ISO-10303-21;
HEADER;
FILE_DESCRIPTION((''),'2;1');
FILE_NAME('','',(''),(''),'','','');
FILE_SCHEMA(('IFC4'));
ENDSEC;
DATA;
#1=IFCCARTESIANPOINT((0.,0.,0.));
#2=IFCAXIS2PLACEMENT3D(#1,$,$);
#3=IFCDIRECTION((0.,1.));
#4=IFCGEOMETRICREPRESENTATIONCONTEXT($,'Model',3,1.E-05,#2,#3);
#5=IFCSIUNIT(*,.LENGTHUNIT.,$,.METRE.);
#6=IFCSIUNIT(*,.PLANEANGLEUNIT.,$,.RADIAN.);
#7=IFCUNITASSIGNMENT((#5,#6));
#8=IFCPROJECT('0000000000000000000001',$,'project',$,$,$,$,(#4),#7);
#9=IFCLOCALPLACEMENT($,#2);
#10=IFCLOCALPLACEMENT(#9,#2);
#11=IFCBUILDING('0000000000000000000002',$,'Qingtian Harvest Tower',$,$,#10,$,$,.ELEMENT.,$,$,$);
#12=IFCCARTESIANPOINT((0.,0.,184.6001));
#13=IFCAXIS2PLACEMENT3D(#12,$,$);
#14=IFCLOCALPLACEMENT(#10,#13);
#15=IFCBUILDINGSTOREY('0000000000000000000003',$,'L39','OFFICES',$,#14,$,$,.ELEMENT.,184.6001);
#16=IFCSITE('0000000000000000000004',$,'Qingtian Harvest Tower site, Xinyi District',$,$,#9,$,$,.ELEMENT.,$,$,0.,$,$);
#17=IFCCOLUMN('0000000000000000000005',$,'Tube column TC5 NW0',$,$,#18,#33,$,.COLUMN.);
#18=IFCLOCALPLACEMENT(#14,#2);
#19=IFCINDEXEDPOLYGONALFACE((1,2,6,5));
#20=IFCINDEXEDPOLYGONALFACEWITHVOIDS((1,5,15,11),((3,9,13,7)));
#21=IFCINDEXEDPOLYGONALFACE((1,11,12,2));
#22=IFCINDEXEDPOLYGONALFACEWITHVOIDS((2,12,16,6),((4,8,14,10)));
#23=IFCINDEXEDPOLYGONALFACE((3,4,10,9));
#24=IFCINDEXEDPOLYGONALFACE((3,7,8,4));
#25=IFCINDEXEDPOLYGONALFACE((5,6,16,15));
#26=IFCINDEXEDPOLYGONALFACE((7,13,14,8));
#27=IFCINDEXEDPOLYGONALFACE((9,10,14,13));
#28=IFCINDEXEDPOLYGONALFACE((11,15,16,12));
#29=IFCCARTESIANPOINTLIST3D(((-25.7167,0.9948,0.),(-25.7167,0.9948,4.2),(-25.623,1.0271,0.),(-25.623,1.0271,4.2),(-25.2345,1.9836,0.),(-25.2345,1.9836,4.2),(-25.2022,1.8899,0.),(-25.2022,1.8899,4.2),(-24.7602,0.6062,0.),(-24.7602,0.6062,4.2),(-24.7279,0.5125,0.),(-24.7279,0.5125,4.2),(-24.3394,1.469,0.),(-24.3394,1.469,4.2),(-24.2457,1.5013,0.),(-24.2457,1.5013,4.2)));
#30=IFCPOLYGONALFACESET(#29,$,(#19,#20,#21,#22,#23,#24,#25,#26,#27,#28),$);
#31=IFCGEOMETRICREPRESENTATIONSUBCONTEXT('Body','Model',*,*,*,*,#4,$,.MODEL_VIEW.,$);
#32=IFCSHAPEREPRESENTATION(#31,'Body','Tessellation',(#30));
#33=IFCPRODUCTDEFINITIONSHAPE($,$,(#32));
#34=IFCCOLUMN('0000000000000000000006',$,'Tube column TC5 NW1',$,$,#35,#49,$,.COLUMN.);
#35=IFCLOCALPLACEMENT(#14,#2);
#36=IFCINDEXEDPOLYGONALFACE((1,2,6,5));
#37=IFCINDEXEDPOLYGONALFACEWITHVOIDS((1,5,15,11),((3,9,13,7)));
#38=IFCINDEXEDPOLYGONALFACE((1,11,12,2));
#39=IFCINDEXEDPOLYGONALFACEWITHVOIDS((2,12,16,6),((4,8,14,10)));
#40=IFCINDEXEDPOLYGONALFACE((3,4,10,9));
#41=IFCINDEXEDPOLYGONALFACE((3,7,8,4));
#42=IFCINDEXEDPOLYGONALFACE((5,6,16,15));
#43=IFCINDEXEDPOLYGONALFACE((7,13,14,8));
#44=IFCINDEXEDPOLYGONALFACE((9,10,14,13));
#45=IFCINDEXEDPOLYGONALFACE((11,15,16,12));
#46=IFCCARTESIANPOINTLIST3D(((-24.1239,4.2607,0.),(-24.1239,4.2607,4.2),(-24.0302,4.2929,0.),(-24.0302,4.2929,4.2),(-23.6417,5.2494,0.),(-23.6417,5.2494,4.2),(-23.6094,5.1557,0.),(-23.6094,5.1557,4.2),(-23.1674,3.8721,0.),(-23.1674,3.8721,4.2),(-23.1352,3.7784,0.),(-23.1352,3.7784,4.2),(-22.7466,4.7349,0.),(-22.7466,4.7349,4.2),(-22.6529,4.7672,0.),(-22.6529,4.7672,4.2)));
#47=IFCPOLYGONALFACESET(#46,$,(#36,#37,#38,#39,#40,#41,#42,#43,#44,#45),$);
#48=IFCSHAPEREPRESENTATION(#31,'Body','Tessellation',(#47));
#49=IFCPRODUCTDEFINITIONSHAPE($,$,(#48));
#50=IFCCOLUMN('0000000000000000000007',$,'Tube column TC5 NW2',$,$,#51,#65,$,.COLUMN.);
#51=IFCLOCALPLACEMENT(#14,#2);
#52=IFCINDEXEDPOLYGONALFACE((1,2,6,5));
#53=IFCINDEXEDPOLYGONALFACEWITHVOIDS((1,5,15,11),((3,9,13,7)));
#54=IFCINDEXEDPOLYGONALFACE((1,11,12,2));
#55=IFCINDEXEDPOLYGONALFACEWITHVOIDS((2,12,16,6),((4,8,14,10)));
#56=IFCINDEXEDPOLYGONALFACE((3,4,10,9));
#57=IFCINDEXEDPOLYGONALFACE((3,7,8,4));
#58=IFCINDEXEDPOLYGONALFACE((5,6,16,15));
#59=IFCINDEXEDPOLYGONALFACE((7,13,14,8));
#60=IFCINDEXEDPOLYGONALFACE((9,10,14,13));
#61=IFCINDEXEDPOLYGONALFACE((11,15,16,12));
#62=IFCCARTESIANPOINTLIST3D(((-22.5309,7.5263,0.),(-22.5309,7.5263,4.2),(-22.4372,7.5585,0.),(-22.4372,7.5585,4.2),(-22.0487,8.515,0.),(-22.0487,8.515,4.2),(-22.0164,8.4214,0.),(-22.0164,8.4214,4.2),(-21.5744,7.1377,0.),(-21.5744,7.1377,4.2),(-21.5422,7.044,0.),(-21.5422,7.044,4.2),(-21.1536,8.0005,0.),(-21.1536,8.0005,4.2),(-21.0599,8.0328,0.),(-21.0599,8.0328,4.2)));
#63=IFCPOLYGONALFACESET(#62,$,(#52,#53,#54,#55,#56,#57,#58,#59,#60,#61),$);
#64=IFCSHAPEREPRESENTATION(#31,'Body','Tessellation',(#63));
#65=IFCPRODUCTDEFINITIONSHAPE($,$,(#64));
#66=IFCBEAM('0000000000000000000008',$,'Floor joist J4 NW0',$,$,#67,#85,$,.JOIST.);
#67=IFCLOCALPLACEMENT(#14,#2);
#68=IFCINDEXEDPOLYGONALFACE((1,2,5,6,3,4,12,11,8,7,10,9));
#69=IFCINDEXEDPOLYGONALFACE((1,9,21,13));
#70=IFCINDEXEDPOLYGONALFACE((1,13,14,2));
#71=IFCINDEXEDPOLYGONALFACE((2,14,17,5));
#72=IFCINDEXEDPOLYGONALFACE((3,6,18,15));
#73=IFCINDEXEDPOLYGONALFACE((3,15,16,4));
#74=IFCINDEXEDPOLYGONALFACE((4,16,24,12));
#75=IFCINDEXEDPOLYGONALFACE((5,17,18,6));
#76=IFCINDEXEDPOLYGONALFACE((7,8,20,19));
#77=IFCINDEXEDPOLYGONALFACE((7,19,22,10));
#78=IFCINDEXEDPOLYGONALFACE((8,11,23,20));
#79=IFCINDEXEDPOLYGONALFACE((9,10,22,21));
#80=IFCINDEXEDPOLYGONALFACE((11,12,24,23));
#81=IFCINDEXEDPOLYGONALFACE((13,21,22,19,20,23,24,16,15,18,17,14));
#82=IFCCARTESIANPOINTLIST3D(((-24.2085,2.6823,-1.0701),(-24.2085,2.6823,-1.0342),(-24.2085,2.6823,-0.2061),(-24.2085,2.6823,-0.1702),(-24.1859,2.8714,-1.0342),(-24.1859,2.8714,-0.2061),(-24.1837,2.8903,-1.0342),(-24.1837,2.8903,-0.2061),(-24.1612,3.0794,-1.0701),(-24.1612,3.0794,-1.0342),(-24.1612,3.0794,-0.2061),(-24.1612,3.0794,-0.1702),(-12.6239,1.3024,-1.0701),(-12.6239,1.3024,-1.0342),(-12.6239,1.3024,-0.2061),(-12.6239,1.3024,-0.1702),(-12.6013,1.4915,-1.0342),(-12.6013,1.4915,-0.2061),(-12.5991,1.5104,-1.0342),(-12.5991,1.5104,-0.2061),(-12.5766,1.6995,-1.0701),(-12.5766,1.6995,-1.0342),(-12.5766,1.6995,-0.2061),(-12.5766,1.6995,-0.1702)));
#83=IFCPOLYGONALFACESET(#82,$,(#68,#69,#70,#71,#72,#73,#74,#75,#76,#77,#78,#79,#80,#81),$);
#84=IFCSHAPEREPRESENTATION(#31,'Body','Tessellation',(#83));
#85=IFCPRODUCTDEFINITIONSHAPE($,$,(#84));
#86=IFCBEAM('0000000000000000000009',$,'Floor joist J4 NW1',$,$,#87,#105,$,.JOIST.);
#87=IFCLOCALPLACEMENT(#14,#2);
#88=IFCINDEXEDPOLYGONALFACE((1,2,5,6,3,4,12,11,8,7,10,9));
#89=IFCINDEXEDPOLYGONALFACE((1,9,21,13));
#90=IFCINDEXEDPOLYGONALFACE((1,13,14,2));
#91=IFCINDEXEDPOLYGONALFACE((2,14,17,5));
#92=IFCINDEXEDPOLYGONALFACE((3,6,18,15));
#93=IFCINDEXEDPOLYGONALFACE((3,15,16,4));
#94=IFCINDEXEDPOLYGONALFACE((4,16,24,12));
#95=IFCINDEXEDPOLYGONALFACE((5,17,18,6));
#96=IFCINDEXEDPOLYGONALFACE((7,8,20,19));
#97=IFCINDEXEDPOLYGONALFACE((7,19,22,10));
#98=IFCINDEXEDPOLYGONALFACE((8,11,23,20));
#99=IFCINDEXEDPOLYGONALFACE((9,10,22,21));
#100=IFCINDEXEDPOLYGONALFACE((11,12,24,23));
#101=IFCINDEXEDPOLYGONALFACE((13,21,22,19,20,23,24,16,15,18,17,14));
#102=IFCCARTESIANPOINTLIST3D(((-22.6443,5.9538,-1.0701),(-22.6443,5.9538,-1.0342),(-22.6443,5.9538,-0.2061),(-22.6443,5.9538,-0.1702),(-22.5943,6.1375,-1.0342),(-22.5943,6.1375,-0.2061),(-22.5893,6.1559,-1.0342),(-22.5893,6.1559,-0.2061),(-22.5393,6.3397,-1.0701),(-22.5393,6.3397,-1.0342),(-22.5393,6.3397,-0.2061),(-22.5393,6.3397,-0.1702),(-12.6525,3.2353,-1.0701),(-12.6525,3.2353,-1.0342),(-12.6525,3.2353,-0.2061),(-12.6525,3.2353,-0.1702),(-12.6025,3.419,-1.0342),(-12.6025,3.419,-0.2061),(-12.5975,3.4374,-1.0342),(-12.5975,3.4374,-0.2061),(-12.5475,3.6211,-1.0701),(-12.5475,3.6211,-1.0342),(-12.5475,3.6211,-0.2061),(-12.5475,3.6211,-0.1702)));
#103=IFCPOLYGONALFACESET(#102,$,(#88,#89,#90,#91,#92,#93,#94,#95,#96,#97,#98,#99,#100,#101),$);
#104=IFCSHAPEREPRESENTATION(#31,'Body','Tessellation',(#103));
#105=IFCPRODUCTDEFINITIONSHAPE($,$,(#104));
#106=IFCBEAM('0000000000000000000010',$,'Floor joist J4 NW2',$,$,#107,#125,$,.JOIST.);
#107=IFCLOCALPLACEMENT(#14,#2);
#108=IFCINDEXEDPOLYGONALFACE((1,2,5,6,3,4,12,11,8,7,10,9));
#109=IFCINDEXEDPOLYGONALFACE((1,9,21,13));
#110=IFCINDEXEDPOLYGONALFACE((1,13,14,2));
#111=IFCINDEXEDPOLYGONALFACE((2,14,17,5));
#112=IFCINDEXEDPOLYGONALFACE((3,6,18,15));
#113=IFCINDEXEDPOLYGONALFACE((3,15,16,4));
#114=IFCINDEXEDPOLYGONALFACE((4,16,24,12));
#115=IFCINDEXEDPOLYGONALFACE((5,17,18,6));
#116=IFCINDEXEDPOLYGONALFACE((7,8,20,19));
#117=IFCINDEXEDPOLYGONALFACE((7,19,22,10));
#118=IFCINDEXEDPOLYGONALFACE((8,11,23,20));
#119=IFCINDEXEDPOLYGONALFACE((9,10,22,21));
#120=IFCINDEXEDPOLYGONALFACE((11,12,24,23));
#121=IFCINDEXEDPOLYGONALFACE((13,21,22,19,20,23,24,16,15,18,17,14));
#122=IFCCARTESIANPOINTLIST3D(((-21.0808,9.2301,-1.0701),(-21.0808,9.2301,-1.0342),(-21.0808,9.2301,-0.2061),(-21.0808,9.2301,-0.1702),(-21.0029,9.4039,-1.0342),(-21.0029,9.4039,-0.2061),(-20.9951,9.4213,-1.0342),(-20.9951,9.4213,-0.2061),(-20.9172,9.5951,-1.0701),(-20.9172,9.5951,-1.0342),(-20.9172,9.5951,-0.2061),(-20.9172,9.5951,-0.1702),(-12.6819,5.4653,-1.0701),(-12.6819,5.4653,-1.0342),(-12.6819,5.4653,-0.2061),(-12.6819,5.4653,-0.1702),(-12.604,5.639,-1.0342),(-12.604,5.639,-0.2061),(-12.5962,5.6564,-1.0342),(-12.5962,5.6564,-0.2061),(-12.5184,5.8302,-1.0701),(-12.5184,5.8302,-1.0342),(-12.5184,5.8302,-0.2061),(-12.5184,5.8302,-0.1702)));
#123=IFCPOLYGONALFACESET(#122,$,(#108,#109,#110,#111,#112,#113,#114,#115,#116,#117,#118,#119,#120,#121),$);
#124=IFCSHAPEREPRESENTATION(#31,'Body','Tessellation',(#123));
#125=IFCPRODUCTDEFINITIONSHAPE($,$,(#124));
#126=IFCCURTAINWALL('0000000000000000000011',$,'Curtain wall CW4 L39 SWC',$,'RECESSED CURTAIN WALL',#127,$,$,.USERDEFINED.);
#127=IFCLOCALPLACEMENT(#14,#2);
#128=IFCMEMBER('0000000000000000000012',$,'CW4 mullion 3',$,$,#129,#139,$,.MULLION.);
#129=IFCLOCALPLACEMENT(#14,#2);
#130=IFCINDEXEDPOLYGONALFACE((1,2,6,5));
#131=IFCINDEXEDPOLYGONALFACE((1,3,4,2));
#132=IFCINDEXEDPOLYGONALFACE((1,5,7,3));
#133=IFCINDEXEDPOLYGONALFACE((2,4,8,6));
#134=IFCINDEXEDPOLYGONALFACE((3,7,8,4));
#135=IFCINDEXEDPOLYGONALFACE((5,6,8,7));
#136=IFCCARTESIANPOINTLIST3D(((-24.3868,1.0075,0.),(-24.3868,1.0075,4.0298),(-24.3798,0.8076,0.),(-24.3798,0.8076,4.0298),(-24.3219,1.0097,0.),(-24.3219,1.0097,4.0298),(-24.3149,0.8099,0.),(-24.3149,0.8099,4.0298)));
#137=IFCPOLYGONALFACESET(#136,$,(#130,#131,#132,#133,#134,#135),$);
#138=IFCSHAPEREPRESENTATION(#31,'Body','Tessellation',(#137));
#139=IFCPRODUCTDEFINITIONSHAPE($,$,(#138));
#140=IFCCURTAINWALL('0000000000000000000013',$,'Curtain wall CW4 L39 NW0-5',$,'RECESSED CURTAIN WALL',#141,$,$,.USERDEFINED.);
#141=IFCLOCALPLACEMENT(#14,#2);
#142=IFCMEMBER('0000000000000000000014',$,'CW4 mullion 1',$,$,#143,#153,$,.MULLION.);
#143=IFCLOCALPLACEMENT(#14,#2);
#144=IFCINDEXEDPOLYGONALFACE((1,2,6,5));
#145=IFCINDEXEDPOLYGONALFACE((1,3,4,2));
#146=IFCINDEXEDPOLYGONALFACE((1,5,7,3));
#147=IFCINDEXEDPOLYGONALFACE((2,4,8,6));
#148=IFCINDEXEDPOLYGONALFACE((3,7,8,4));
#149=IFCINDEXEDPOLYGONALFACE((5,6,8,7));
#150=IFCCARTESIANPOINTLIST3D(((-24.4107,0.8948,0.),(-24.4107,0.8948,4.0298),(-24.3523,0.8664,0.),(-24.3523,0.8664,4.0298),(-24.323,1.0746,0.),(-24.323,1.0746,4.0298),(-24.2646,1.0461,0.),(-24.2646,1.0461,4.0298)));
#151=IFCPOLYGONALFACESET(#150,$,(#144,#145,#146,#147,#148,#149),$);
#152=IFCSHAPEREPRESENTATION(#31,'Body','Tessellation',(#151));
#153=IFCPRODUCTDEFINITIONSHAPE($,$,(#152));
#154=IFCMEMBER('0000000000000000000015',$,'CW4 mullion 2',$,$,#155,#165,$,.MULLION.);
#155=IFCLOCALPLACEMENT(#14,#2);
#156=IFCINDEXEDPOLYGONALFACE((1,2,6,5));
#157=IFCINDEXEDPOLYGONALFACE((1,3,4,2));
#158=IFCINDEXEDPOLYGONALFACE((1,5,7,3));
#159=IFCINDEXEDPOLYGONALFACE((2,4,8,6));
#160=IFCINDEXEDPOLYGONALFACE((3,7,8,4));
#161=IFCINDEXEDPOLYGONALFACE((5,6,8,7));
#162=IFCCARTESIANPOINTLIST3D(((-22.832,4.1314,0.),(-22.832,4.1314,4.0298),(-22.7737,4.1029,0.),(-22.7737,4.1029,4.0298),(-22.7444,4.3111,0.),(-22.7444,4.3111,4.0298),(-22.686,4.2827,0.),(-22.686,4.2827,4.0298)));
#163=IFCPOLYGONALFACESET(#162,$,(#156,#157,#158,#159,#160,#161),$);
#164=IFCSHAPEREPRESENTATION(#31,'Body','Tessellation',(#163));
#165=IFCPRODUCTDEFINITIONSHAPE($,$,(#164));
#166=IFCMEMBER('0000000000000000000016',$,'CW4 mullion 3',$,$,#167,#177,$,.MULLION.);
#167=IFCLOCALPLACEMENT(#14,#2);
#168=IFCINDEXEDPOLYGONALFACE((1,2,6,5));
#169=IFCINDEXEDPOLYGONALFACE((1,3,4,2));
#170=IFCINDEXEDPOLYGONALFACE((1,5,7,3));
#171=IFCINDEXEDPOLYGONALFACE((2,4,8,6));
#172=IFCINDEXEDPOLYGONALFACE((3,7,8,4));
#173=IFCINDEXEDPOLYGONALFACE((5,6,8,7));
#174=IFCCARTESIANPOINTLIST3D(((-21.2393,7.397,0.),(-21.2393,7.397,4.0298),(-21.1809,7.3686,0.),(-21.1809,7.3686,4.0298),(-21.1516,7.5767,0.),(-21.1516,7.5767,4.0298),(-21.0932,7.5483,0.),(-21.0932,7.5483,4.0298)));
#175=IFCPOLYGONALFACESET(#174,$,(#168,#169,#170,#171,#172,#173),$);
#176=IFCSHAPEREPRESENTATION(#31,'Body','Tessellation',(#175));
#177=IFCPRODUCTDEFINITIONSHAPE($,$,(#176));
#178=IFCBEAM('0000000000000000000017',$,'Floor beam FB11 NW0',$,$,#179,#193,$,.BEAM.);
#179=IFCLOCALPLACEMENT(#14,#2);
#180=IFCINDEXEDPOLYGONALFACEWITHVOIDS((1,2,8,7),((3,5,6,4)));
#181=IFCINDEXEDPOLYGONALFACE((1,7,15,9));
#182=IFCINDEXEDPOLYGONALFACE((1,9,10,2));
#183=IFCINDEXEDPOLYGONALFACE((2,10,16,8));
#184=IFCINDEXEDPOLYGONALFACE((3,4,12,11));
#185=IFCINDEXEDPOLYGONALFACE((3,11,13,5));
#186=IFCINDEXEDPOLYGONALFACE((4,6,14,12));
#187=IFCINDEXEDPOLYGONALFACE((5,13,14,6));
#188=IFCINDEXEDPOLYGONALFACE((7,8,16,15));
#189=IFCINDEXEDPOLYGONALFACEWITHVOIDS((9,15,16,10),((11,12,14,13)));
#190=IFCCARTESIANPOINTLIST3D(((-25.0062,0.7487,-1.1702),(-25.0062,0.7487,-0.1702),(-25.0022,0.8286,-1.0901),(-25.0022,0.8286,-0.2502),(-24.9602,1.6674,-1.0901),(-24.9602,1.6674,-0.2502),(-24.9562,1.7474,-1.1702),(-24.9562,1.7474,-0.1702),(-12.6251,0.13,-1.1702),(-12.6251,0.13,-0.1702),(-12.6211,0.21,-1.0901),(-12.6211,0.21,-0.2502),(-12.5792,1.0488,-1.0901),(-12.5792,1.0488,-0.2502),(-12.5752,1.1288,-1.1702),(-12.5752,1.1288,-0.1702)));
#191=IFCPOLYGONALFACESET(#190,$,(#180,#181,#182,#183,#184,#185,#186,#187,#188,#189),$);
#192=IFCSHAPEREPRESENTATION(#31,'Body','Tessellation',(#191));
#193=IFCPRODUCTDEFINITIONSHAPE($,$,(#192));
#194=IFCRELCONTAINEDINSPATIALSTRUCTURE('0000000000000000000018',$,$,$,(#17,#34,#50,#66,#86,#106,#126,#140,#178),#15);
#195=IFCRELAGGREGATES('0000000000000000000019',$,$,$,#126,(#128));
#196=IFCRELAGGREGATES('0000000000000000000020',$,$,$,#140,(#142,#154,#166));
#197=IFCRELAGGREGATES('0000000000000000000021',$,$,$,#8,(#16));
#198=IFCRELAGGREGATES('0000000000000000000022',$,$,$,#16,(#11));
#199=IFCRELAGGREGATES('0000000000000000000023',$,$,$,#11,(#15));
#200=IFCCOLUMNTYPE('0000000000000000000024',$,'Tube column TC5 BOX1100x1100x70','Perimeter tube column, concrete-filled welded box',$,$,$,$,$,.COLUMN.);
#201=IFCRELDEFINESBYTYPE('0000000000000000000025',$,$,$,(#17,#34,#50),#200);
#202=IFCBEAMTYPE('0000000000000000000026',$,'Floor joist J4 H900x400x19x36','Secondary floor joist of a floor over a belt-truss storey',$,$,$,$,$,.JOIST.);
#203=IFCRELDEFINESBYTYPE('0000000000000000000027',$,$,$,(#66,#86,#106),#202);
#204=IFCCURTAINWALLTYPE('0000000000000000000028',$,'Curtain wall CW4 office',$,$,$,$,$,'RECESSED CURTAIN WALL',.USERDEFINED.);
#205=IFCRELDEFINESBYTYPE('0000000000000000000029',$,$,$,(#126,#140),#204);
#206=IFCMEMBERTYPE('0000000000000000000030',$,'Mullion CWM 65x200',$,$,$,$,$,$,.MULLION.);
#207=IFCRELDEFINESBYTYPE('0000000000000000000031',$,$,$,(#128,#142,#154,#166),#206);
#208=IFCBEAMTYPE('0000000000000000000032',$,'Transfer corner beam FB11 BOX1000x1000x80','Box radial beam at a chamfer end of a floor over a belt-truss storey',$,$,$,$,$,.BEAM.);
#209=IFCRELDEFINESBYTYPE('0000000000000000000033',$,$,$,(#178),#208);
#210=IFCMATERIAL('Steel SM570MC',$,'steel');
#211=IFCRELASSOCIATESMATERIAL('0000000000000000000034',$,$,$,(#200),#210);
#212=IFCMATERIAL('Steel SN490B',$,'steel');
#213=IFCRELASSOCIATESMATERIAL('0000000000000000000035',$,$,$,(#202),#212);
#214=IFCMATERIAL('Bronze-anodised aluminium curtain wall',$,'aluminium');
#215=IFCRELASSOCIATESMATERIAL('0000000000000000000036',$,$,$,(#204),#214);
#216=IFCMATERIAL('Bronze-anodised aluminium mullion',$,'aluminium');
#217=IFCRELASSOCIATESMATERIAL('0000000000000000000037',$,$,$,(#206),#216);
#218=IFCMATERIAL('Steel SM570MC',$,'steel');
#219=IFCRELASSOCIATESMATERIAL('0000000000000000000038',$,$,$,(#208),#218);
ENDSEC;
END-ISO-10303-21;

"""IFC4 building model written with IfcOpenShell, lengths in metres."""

from ifc_helpers import new_model, si_unit, direction, frame, origin, origin_2d, place, context, subcontext, project, spatial, rectangle, hollow_rectangle, i_section, extrude, material, material_profile, profile_set, type_object, element, aggregate, save


model = new_model("IFC4")

# Units and contexts
model_context = context("Model", 3, precision=1e-05, world=origin(), true_north=direction((0.0, 1.0)))
body_context = subcontext(model_context, "Body", "Model", "MODEL_VIEW")
ifc_project = project(units=[si_unit("LENGTHUNIT", "METRE"), si_unit("PLANEANGLEUNIT", "RADIAN")], contexts=[model_context])

# Site, building, storey
site_placement = place(None, origin())
site = spatial("IfcSite", under=ifc_project, at=site_placement, Name="Qingtian Harvest Tower site, Xinyi District", CompositionType="ELEMENT", RefElevation=0.0)
building_placement = place(site_placement, origin())
building = spatial("IfcBuilding", under=site, at=building_placement, Name="Qingtian Harvest Tower", CompositionType="ELEMENT")
storey_placement = place(building_placement, frame((0.0, 0.0, 184.6001)))
storey = spatial("IfcBuildingStorey", under=building, at=storey_placement, Name="L39", Description="OFFICES", CompositionType="ELEMENT", Elevation=184.6001)

# Columns
ifc_material_1 = material(Name="Steel SM570MC", Category="steel")
ifc_material_profile_1 = material_profile(ifc_material_1, hollow_rectangle(XDim=1.1001, YDim=1.1001, WallThickness=0.0701, at=origin_2d()), Name="BOX1100x1100x70")
ifc_profile_set_1 = profile_set([ifc_material_profile_1], Name="Steel SM570MC")
column_type = type_object("IfcColumnType", Name="Tube column TC5 BOX1100x1100x70", Description="Perimeter tube column, concrete-filled welded box", PredefinedType="COLUMN", material=ifc_profile_set_1)
for number, where, z_axis, x_axis, name in (
    (1, (-24.9812, 1.248, 0.0), (0.0, 0.0, 1.0), (-0.438371, -0.898794, 0.0), "Tube column TC5 NW0"),
    (2, (-23.3884, 4.5139, 0.0), (0.0, 0.0, 1.0), (-0.438371, -0.898794, 0.0), "Tube column TC5 NW1"),
    (3, (-21.7954, 7.7795, 0.0), (0.0, 0.0, 1.0), (-0.438371, -0.898794, 0.0), "Tube column TC5 NW2"),
):
    element("IfcColumn", number, at=place(storey_placement, frame(where, z_axis=z_axis, x_axis=x_axis)), inside=storey, type_object=column_type, Name=name, PredefinedType="COLUMN", context=body_context, shape_type="SweptSolid", body=[
        extrude(hollow_rectangle(XDim=1.1001, YDim=1.1001, WallThickness=0.0701, at=origin_2d()), origin(), (0.0, 0.0, 1.0), 4.2),
    ])

# Beams
ifc_material_2 = material(Name="Steel SN490B", Category="steel")
ifc_material_profile_2 = material_profile(ifc_material_2, i_section(OverallWidth=0.3999, OverallDepth=0.8999, WebThickness=0.019, FlangeThickness=0.0359, at=origin_2d()), Name="H900x400x19x36")
ifc_profile_set_2 = profile_set([ifc_material_profile_2], Name="Steel SN490B")
beam_type_1 = type_object("IfcBeamType", Name="Floor joist J4 H900x400x19x36", Description="Secondary floor joist of a floor over a belt-truss storey", PredefinedType="JOIST", material=ifc_profile_set_2)
beam_1_placement = place(storey_placement, frame((-24.1848, 2.8809, -0.6201), z_axis=(0.992981, -0.118276, 0.0), x_axis=(0.118276, 0.992981, 0.0)))
element("IfcBeam", 4, at=beam_1_placement, inside=storey, type_object=beam_type_1, Name="Floor joist J4 NW0", PredefinedType="JOIST", context=body_context, shape_type="SweptSolid", body=[
    extrude(i_section(OverallWidth=0.3999, OverallDepth=0.8999, WebThickness=0.019, FlangeThickness=0.0359, at=origin_2d()), origin(), (0.0, 0.0, 1.0), 11.6665),
])
beam_2_placement = place(storey_placement, frame((-22.5918, 6.1467, -0.6201), z_axis=(0.964923, -0.262533, 0.0), x_axis=(0.262533, 0.964923, 0.0)))
element("IfcBeam", 5, at=beam_2_placement, inside=storey, type_object=beam_type_1, Name="Floor joist J4 NW1", PredefinedType="JOIST", context=body_context, shape_type="SweptSolid", body=[
    extrude(i_section(OverallWidth=0.3999, OverallDepth=0.8999, WebThickness=0.019, FlangeThickness=0.0359, at=origin_2d()), origin(), (0.0, 0.0, 1.0), 10.355),
])
beam_3_placement = place(storey_placement, frame((-20.999, 9.4126, -0.6201), z_axis=(0.912515, -0.409043, 0.0), x_axis=(0.409043, 0.912515, 0.0)))
element("IfcBeam", 6, at=beam_3_placement, inside=storey, type_object=beam_type_1, Name="Floor joist J4 NW2", PredefinedType="JOIST", context=body_context, shape_type="SweptSolid", body=[
    extrude(i_section(OverallWidth=0.3999, OverallDepth=0.8999, WebThickness=0.019, FlangeThickness=0.0359, at=origin_2d()), origin(), (0.0, 0.0, 1.0), 9.2041),
])

# Curtain wall, member
ifc_material_3 = material(Name="Bronze-anodised aluminium curtain wall", Category="aluminium")
curtain_wall_type = type_object("IfcCurtainWallType", Name="Curtain wall CW4 office", ElementType="RECESSED CURTAIN WALL", PredefinedType="USERDEFINED", material=ifc_material_3)
curtain_wall_1_placement = place(storey_placement, origin())
curtain_wall_1 = element("IfcCurtainWall", 7, at=curtain_wall_1_placement, inside=storey, type_object=curtain_wall_type, Name="Curtain wall CW4 L39 SWC", ObjectType="RECESSED CURTAIN WALL", PredefinedType="USERDEFINED")
ifc_material_4 = material(Name="Bronze-anodised aluminium mullion", Category="aluminium")
ifc_material_profile_3 = material_profile(ifc_material_4, rectangle(XDim=0.0649, YDim=0.2, at=origin_2d()), Name="AL 65x200")
ifc_profile_set_3 = profile_set([ifc_material_profile_3], Name="Bronze-anodised aluminium mullion")
member_type_1 = type_object("IfcMemberType", Name="Mullion CWM 65x200", PredefinedType="MULLION", material=ifc_profile_set_3)
member_1_placement = place(storey_placement, frame((-24.3508, 0.9087, 0.0), z_axis=(0.0, 0.0, 1.0), x_axis=(-0.999391, -0.034899, 0.0)))
member_1 = element("IfcMember", 8, at=member_1_placement, type_object=member_type_1, Name="CW4 mullion 3", PredefinedType="MULLION", context=body_context, shape_type="SweptSolid", body=[
    extrude(rectangle(XDim=0.0649, YDim=0.2, at=origin_2d()), origin(), (0.0, 0.0, 1.0), 4.0298),
])

# Curtain wall, members
curtain_wall_2_placement = place(storey_placement, origin())
curtain_wall_2 = element("IfcCurtainWall", 9, at=curtain_wall_2_placement, inside=storey, type_object=curtain_wall_type, Name="Curtain wall CW4 L39 NW0-5", ObjectType="RECESSED CURTAIN WALL", PredefinedType="USERDEFINED")
member_2_placement = place(storey_placement, frame((-24.3376, 0.9705, 0.0), z_axis=(0.0, 0.0, 1.0), x_axis=(-0.898794, 0.438371, 0.0)))
member_2 = element("IfcMember", 10, at=member_2_placement, type_object=member_type_1, Name="CW4 mullion 1", PredefinedType="MULLION", context=body_context, shape_type="SweptSolid", body=[
    extrude(rectangle(XDim=0.0649, YDim=0.2, at=origin_2d()), origin(), (0.0, 0.0, 1.0), 4.0298),
])
member_3_placement = place(storey_placement, frame((-22.759, 4.207, 0.0), z_axis=(0.0, 0.0, 1.0), x_axis=(-0.898794, 0.438371, 0.0)))
member_3 = element("IfcMember", 11, at=member_3_placement, type_object=member_type_1, Name="CW4 mullion 2", PredefinedType="MULLION", context=body_context, shape_type="SweptSolid", body=[
    extrude(rectangle(XDim=0.0649, YDim=0.2, at=origin_2d()), origin(), (0.0, 0.0, 1.0), 4.0298),
])
member_4_placement = place(storey_placement, frame((-21.1663, 7.4727, 0.0), z_axis=(0.0, 0.0, 1.0), x_axis=(-0.898794, 0.438371, 0.0)))
member_4 = element("IfcMember", 12, at=member_4_placement, type_object=member_type_1, Name="CW4 mullion 3", PredefinedType="MULLION", context=body_context, shape_type="SweptSolid", body=[
    extrude(rectangle(XDim=0.0649, YDim=0.2, at=origin_2d()), origin(), (0.0, 0.0, 1.0), 4.0298),
])

# Beam
ifc_material_5 = material(Name="Steel SM570MC", Category="steel")
ifc_material_profile_4 = material_profile(ifc_material_5, hollow_rectangle(XDim=1.0, YDim=1.0, WallThickness=0.0801, at=origin_2d()), Name="BOX1000x1000x80")
ifc_profile_set_4 = profile_set([ifc_material_profile_4], Name="Steel SM570MC")
beam_type_2 = type_object("IfcBeamType", Name="Transfer corner beam FB11 BOX1000x1000x80", Description="Box radial beam at a chamfer end of a floor over a belt-truss storey", PredefinedType="BEAM", material=ifc_profile_set_4)
beam_4_placement = place(storey_placement, frame((-24.9812, 1.248, -0.6702), z_axis=(0.998754, -0.049905, 0.0), x_axis=(0.049905, 0.998754, 0.0)))
element("IfcBeam", 13, at=beam_4_placement, inside=storey, type_object=beam_type_2, Name="Floor beam FB11 NW0", PredefinedType="BEAM", context=body_context, shape_type="SweptSolid", body=[
    extrude(hollow_rectangle(XDim=1.0, YDim=1.0, WallThickness=0.0801, at=origin_2d()), origin(), (0.0, 0.0, 1.0), 12.3965),
])

aggregate(curtain_wall_1, [member_1])
aggregate(curtain_wall_2, [member_2, member_3, member_4])

save(model, "model.ifc")
